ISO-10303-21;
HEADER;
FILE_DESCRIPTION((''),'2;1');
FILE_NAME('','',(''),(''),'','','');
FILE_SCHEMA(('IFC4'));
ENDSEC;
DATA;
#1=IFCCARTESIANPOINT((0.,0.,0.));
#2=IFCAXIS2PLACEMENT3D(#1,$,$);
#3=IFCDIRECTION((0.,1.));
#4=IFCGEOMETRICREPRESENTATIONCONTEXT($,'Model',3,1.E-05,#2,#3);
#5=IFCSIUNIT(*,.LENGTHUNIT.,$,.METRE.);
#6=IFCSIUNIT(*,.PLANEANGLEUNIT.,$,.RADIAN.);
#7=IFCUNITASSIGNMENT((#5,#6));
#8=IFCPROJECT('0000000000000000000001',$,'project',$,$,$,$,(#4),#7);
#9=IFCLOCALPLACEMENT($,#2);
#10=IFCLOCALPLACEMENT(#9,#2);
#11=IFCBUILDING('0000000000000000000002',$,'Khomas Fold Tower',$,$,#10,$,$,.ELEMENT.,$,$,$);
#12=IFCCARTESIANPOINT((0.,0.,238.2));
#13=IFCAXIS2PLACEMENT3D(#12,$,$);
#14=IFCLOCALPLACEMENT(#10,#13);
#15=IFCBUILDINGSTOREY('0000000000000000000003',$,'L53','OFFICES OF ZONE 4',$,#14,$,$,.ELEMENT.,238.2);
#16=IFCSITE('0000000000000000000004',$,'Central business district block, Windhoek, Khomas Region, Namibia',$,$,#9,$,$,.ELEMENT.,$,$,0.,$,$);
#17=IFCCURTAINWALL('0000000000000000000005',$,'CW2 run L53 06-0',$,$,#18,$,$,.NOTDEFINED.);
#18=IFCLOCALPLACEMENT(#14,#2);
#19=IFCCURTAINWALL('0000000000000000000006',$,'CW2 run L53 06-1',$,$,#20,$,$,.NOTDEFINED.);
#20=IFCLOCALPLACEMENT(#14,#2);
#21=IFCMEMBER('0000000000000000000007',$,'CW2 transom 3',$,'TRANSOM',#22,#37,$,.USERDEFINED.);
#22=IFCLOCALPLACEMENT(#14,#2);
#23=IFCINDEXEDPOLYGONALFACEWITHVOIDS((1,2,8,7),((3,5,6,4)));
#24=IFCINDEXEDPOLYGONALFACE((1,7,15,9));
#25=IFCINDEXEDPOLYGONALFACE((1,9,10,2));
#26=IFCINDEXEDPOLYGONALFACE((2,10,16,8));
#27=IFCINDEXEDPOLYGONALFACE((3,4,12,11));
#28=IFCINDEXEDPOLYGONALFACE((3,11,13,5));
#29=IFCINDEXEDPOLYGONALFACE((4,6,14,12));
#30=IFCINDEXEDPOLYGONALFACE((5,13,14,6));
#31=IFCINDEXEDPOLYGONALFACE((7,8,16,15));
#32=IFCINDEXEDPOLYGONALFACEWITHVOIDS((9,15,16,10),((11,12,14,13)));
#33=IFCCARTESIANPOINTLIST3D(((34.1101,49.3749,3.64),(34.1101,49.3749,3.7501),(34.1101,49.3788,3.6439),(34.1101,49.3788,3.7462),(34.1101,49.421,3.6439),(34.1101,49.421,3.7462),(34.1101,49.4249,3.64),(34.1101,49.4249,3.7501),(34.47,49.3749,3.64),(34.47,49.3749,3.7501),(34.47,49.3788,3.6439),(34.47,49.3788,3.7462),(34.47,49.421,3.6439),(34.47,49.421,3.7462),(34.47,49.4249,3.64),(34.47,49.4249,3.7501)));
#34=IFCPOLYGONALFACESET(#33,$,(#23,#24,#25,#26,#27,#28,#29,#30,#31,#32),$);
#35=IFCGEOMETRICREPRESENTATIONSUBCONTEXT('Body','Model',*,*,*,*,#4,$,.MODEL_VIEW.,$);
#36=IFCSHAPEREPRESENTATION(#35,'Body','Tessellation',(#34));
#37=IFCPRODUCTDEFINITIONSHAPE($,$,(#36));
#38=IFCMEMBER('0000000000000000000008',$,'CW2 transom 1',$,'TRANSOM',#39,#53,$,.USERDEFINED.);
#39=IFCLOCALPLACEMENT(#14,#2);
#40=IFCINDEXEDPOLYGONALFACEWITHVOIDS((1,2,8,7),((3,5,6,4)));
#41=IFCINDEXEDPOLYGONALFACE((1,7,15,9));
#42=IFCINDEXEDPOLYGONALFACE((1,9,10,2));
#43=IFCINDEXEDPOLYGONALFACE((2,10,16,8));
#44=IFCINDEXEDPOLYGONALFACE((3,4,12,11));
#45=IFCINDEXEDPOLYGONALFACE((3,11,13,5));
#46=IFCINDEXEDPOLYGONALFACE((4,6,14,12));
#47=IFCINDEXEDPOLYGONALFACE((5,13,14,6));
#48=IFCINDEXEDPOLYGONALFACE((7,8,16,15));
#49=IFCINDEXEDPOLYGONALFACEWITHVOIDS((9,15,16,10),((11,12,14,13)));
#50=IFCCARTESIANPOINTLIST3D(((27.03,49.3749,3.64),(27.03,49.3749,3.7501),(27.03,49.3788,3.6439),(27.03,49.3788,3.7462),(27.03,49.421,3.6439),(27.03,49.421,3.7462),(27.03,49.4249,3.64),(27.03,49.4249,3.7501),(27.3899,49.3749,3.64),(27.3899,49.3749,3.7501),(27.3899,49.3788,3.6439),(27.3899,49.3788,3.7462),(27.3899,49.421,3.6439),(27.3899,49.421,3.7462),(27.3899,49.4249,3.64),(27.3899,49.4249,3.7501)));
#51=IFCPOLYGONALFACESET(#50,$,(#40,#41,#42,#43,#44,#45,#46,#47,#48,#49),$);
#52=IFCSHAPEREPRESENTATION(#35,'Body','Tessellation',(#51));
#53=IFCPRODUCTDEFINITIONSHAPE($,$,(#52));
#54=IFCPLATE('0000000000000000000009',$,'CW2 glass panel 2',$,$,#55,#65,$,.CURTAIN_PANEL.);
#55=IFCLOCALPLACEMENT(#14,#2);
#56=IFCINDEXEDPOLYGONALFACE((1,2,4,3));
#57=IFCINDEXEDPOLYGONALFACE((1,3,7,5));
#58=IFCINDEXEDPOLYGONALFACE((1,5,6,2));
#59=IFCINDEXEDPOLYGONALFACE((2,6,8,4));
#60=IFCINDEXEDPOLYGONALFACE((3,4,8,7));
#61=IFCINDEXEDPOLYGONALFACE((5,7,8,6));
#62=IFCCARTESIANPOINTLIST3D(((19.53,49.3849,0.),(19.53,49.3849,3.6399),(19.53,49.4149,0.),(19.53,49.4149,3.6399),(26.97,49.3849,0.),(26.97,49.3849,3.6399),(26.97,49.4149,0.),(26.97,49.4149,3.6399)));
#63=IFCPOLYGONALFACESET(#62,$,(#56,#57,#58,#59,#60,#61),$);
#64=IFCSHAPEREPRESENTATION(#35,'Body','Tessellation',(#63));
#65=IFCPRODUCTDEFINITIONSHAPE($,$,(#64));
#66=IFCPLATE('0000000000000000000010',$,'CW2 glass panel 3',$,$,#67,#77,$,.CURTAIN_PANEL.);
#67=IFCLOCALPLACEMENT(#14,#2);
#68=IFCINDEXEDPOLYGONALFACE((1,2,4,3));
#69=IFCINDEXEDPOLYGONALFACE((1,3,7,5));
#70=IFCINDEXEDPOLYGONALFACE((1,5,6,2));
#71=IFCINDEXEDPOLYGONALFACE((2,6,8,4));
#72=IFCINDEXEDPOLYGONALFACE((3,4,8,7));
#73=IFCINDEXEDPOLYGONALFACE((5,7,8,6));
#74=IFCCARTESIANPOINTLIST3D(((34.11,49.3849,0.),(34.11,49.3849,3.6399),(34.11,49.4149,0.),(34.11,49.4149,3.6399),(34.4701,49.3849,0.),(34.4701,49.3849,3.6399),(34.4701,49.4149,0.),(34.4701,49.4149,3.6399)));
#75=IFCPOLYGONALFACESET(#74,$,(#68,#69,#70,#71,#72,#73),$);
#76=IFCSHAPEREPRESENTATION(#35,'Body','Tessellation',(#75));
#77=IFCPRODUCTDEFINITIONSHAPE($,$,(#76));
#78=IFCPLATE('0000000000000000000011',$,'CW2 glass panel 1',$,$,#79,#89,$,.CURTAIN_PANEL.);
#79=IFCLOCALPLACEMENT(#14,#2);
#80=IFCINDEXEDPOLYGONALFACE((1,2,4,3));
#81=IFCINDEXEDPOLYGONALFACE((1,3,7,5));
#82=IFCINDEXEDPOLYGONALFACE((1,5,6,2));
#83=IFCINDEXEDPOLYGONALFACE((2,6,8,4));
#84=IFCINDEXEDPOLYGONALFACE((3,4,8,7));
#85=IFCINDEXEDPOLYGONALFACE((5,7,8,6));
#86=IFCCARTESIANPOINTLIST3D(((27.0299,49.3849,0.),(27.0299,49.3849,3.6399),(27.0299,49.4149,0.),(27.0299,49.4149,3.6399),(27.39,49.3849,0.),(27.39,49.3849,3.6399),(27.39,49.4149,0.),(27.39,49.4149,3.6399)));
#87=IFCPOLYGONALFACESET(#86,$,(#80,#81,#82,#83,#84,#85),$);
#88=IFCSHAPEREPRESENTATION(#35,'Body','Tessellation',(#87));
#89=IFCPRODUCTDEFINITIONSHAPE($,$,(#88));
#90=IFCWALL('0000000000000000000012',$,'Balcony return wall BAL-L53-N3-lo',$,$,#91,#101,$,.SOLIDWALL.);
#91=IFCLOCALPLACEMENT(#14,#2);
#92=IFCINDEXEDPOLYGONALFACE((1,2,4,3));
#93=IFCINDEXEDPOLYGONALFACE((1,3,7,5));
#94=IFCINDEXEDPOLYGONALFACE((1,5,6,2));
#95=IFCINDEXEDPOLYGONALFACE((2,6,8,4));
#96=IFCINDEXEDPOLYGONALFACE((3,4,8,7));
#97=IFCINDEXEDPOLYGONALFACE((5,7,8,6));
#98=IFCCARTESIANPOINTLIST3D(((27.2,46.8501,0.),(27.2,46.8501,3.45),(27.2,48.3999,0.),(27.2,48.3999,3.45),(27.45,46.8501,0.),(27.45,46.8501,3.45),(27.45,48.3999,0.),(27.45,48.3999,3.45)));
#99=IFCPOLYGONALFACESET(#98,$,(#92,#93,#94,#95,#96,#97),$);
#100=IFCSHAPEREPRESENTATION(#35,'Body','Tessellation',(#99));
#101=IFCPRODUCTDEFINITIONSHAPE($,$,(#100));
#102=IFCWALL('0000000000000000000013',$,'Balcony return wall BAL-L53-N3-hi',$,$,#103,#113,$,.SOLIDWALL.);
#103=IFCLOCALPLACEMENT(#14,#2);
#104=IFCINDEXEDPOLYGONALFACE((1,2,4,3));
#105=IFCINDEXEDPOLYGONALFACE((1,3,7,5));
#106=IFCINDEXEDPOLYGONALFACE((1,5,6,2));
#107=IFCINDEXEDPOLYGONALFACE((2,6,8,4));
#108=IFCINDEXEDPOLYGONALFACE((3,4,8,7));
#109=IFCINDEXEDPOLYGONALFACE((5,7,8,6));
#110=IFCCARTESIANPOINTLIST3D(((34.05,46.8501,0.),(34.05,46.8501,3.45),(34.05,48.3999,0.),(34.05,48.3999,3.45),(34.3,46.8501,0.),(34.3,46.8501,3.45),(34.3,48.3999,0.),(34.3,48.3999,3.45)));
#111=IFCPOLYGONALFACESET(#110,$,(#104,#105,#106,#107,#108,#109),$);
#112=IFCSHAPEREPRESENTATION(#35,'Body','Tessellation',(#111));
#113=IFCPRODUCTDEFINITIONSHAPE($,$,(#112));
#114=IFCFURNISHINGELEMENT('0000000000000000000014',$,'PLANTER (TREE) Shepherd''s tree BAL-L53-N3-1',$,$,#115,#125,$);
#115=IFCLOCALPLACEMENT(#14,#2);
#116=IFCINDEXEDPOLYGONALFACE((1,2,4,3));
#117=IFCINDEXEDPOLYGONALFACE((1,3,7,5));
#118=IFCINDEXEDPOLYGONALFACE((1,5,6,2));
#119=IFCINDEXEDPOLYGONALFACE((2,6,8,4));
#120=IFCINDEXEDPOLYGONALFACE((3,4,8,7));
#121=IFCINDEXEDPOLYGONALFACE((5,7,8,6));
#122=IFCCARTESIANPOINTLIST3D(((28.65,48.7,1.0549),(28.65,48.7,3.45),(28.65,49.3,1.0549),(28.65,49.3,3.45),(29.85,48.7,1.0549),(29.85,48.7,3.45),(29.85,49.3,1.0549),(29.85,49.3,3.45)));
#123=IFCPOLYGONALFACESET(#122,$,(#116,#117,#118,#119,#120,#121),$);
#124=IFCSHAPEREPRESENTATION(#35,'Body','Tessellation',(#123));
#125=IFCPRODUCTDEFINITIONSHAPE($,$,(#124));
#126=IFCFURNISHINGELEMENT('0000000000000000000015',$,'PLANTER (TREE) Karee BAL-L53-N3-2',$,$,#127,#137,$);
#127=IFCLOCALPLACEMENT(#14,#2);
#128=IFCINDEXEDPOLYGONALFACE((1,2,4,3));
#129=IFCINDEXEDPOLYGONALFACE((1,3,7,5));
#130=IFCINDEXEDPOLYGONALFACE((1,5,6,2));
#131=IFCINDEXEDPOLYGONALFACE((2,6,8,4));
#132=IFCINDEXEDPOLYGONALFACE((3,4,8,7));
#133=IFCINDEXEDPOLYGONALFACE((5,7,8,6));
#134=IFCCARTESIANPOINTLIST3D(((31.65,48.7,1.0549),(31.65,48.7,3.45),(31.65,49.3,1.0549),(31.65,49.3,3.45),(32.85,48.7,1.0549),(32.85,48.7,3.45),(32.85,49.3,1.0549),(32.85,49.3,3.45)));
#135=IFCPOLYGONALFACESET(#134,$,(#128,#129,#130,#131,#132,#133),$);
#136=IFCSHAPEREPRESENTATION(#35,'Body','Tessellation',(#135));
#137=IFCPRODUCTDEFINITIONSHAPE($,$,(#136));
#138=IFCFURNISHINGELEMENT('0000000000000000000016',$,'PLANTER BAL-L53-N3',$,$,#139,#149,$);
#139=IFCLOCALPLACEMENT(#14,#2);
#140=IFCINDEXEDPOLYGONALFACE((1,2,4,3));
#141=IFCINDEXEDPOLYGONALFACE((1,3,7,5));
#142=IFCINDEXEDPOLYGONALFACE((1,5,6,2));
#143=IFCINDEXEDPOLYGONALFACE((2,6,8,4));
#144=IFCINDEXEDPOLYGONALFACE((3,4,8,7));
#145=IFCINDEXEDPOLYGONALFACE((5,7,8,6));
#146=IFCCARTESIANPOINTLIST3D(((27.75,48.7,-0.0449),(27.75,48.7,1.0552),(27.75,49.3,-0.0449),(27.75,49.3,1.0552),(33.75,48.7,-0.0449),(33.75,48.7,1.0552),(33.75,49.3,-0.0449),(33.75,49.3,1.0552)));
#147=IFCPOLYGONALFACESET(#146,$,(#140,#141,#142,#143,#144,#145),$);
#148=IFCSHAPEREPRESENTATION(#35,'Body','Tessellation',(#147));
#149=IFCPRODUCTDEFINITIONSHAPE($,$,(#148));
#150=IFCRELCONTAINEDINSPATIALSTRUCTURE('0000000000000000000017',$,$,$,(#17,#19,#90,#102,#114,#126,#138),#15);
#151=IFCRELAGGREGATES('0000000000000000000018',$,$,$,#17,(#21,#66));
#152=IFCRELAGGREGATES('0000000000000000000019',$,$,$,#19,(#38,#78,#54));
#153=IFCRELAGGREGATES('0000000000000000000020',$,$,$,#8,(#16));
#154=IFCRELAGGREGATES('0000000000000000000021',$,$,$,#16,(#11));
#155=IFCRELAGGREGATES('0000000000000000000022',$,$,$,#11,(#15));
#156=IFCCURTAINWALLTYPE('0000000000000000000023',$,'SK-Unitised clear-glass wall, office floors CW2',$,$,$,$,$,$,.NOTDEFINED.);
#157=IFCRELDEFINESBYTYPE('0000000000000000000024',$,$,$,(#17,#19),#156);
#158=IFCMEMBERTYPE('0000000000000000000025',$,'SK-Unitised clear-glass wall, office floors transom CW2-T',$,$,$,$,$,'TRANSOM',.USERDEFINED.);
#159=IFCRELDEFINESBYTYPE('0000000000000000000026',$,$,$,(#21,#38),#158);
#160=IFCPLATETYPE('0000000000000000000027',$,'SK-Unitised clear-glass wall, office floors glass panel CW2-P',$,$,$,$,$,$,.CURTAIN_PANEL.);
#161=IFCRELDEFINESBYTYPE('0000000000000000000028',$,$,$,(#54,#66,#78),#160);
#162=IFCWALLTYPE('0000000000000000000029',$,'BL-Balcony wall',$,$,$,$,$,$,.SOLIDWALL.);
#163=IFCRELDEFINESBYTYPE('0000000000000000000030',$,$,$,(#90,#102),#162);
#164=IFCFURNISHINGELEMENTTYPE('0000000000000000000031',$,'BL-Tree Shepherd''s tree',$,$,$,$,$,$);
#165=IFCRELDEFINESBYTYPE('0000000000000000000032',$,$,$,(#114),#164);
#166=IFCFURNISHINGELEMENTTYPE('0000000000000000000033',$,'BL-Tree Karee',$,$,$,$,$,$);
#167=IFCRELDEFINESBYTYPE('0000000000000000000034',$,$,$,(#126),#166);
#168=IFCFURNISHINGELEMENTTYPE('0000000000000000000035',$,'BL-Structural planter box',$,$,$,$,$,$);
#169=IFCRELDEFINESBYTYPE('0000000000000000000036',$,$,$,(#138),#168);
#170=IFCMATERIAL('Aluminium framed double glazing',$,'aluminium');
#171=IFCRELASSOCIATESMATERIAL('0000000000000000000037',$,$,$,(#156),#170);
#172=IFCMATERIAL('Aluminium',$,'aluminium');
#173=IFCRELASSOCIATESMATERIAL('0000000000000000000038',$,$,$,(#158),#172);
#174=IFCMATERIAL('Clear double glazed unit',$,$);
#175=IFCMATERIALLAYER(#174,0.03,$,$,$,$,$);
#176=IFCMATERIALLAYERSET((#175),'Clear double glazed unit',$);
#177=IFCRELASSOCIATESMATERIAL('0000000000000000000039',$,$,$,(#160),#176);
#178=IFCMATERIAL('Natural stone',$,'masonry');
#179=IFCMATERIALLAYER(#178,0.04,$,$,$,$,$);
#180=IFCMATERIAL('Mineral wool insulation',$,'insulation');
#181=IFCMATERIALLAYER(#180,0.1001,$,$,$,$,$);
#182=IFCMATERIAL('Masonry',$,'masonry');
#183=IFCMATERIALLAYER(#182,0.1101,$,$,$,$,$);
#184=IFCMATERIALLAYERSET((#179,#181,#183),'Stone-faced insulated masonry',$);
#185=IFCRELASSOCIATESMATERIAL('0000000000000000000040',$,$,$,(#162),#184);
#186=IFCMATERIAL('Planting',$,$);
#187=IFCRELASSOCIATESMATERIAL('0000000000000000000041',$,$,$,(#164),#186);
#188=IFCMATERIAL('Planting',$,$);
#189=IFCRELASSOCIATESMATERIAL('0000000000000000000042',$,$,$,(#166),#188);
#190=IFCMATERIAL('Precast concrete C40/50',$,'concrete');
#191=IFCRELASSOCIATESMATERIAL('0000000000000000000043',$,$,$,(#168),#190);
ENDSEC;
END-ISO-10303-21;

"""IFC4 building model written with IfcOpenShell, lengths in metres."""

from ifc_helpers import new_model, si_unit, direction, frame, frame_2d, origin, origin_2d, place, context, subcontext, project, spatial, rectangle, hollow_rectangle, extrude, source, transform, mapped, material, layer, layer_set, material_profile, profile_set, type_object, element, aggregate, save


model = new_model("IFC4")

# Units and contexts
model_context = context("Model", 3, precision=1e-05, world=origin(), true_north=direction((0.0, 1.0)))
body_context = subcontext(model_context, "Body", "Model", "MODEL_VIEW")
ifc_project = project(units=[si_unit("LENGTHUNIT", "METRE"), si_unit("PLANEANGLEUNIT", "RADIAN")], contexts=[model_context])

# Site, building, storey
site_placement = place(None, origin())
site = spatial("IfcSite", under=ifc_project, at=site_placement, Name="Central business district block, Windhoek, Khomas Region, Namibia", CompositionType="ELEMENT", RefElevation=0.0)
building_placement = place(site_placement, origin())
building = spatial("IfcBuilding", under=site, at=building_placement, Name="Khomas Fold Tower", CompositionType="ELEMENT")
storey_placement = place(building_placement, frame((0.0, 0.0, 238.2)))
storey = spatial("IfcBuildingStorey", under=building, at=storey_placement, Name="L53", Description="OFFICES OF ZONE 4", CompositionType="ELEMENT", Elevation=238.2)

# Curtain wall
ifc_material_1 = material(Name="Aluminium framed double glazing", Category="aluminium")
curtain_wall_type = type_object("IfcCurtainWallType", Name="SK-Unitised clear-glass wall, office floors CW2", PredefinedType="NOTDEFINED", material=ifc_material_1)
curtain_wall_1_placement = place(storey_placement, origin())
curtain_wall_1 = element("IfcCurtainWall", 1, at=curtain_wall_1_placement, inside=storey, type_object=curtain_wall_type, Name="CW2 run L53 06-0", PredefinedType="NOTDEFINED")

# Curtain wall
curtain_wall_2_placement = place(storey_placement, origin())
curtain_wall_2 = element("IfcCurtainWall", 2, at=curtain_wall_2_placement, inside=storey, type_object=curtain_wall_type, Name="CW2 run L53 06-1", PredefinedType="NOTDEFINED")
ifc_material_2 = material(Name="Aluminium", Category="aluminium")
ifc_material_profile_1 = material_profile(ifc_material_2, hollow_rectangle(XDim=0.05, YDim=0.1101, WallThickness=0.0039, at=origin_2d()), Name="SK-Unitised clear-glass wall, office floors transom CW2-T")
ifc_profile_set_1 = profile_set([ifc_material_profile_1], Name="Aluminium")
member_type_1 = type_object("IfcMemberType", Name="SK-Unitised clear-glass wall, office floors transom CW2-T", ElementType="TRANSOM", PredefinedType="USERDEFINED", material=ifc_profile_set_1)

# Members
shared_shape_1 = source(origin(), body_context, "Body", "SweptSolid", [
    extrude(hollow_rectangle(XDim=0.05, YDim=0.1101, WallThickness=0.0039, at=origin_2d()), origin(), (0.0, 0.0, 1.0), 0.3599),
])
member_1_placement = place(storey_placement, frame((34.47, 49.3999, 3.6951), z_axis=(-1.0, 0.0, 0.0), x_axis=(0.0, -1.0, 0.0)))
member_1 = element("IfcMember", 3, at=member_1_placement, type_object=member_type_1, Name="CW2 transom 3", ObjectType="TRANSOM", PredefinedType="USERDEFINED", context=body_context, shape_type="MappedRepresentation", body=[
    mapped(shared_shape_1, transform((0.0, 0.0, 0.0))),
])
member_2_placement = place(storey_placement, frame((27.3899, 49.3999, 3.6951), z_axis=(-1.0, 0.0, 0.0), x_axis=(0.0, -1.0, 0.0)))
member_2 = element("IfcMember", 4, at=member_2_placement, type_object=member_type_1, Name="CW2 transom 1", ObjectType="TRANSOM", PredefinedType="USERDEFINED", context=body_context, shape_type="MappedRepresentation", body=[
    mapped(shared_shape_1, transform((0.0, 0.0, 0.0))),
])

# Plates
ifc_material_3 = material(Name="Clear double glazed unit")
ifc_layer_1 = layer(ifc_material_3, 0.03)
ifc_layer_set_1 = layer_set([ifc_layer_1], Name="Clear double glazed unit")
plate_type = type_object("IfcPlateType", Name="SK-Unitised clear-glass wall, office floors glass panel CW2-P", PredefinedType="CURTAIN_PANEL", material=ifc_layer_set_1)
shared_shape_2 = source(origin(), body_context, "Body", "SweptSolid", [
    extrude(rectangle(XDim=7.4399, YDim=0.03, at=origin_2d()), origin(), (0.0, 0.0, 1.0), 3.6399),
])
plate_1_placement = place(storey_placement, frame((23.25, 49.3999, 0.0), z_axis=(0.0, 0.0, 1.0), x_axis=(-1.0, 0.0, 0.0)))
plate_1 = element("IfcPlate", 5, at=plate_1_placement, type_object=plate_type, Name="CW2 glass panel 2", PredefinedType="CURTAIN_PANEL", context=body_context, shape_type="MappedRepresentation", body=[
    mapped(shared_shape_2, transform((0.0, 0.0, 0.0))),
])
shared_shape_3 = source(origin(), body_context, "Body", "SweptSolid", [
    extrude(rectangle(XDim=0.3601, YDim=0.03, at=origin_2d()), origin(), (0.0, 0.0, 1.0), 3.6399),
])
plate_2_placement = place(storey_placement, frame((34.29, 49.3999, 0.0), z_axis=(0.0, 0.0, 1.0), x_axis=(-1.0, 0.0, 0.0)))
plate_2 = element("IfcPlate", 6, at=plate_2_placement, type_object=plate_type, Name="CW2 glass panel 3", PredefinedType="CURTAIN_PANEL", context=body_context, shape_type="MappedRepresentation", body=[
    mapped(shared_shape_3, transform((0.0, 0.0, 0.0))),
])
aggregate(curtain_wall_1, [member_1, plate_2])
plate_3_placement = place(storey_placement, frame((27.21, 49.3999, 0.0), z_axis=(0.0, 0.0, 1.0), x_axis=(-1.0, 0.0, 0.0)))
plate_3 = element("IfcPlate", 7, at=plate_3_placement, type_object=plate_type, Name="CW2 glass panel 1", PredefinedType="CURTAIN_PANEL", context=body_context, shape_type="MappedRepresentation", body=[
    mapped(shared_shape_3, transform((0.0, 0.0, 0.0))),
])
aggregate(curtain_wall_2, [member_2, plate_3, plate_1])

# Shared definitions
ifc_material_4 = material(Name="Natural stone", Category="masonry")
ifc_layer_2 = layer(ifc_material_4, 0.04)
ifc_material_5 = material(Name="Mineral wool insulation", Category="insulation")
ifc_layer_3 = layer(ifc_material_5, 0.1001)
ifc_material_6 = material(Name="Masonry", Category="masonry")
ifc_layer_4 = layer(ifc_material_6, 0.1101)
ifc_layer_set_2 = layer_set([ifc_layer_2, ifc_layer_3, ifc_layer_4], Name="Stone-faced insulated masonry")
wall_type = type_object("IfcWallType", Name="BL-Balcony wall", PredefinedType="SOLIDWALL", material=ifc_layer_set_2)

# Walls
shared_shape_4 = source(origin(), body_context, "Body", "SweptSolid", [
    extrude(rectangle(XDim=1.5498, YDim=0.25, at=frame_2d((0.7749, 0.0))), origin(), (0.0, 0.0, 1.0), 3.45),
])
for number, where, z_axis, x_axis, name in (
    (8, (27.325, 48.3999, 0.0), (0.0, 0.0, 1.0), (0.0, -1.0, 0.0), "Balcony return wall BAL-L53-N3-lo"),
    (9, (34.175, 48.3999, 0.0), (0.0, 0.0, 1.0), (0.0, -1.0, 0.0), "Balcony return wall BAL-L53-N3-hi"),
):
    element("IfcWall", number, at=place(storey_placement, frame(where, z_axis=z_axis, x_axis=x_axis)), inside=storey, type_object=wall_type, Name=name, PredefinedType="SOLIDWALL", context=body_context, shape_type="MappedRepresentation", body=[
        mapped(shared_shape_4, transform((0.0, 0.0, 0.0))),
    ])

# Furnishing elements
ifc_material_7 = material(Name="Planting")
furnishing_element_type_1 = type_object("IfcFurnishingElementType", Name="BL-Tree Shepherd's tree", material=ifc_material_7)
shared_shape_5 = source(origin(), body_context, "Body", "SweptSolid", [
    extrude(rectangle(XDim=1.2, YDim=0.6001, at=origin_2d()), origin(), (0.0, 0.0, 1.0), 2.395),
])
furnishing_1_placement = place(storey_placement, frame((29.25, 49.0, 1.0549), z_axis=(0.0, 0.0, 1.0), x_axis=(1.0, 0.0, 0.0)))
element("IfcFurnishingElement", 10, at=furnishing_1_placement, inside=storey, type_object=furnishing_element_type_1, Name="PLANTER (TREE) Shepherd's tree BAL-L53-N3-1", context=body_context, shape_type="MappedRepresentation", body=[
    mapped(shared_shape_5, transform((0.0, 0.0, 0.0))),
])
ifc_material_8 = material(Name="Planting")
furnishing_element_type_2 = type_object("IfcFurnishingElementType", Name="BL-Tree Karee", material=ifc_material_8)
furnishing_2_placement = place(storey_placement, frame((32.25, 49.0, 1.0549), z_axis=(0.0, 0.0, 1.0), x_axis=(1.0, 0.0, 0.0)))
element("IfcFurnishingElement", 11, at=furnishing_2_placement, inside=storey, type_object=furnishing_element_type_2, Name="PLANTER (TREE) Karee BAL-L53-N3-2", context=body_context, shape_type="MappedRepresentation", body=[
    mapped(shared_shape_5, transform((0.0, 0.0, 0.0))),
])
ifc_material_9 = material(Name="Precast concrete C40/50", Category="concrete")
furnishing_element_type_3 = type_object("IfcFurnishingElementType", Name="BL-Structural planter box", material=ifc_material_9)
shared_shape_6 = source(origin(), body_context, "Body", "SweptSolid", [
    extrude(rectangle(XDim=6.0, YDim=0.6001, at=origin_2d()), origin(), (0.0, 0.0, 1.0), 1.1001),
])
furnishing_3_placement = place(storey_placement, frame((30.75, 49.0, -0.0449), z_axis=(0.0, 0.0, 1.0), x_axis=(1.0, 0.0, 0.0)))
element("IfcFurnishingElement", 12, at=furnishing_3_placement, inside=storey, type_object=furnishing_element_type_3, Name="PLANTER BAL-L53-N3", context=body_context, shape_type="MappedRepresentation", body=[
    mapped(shared_shape_6, transform((0.0, 0.0, 0.0))),
])

save(model, "model.ifc")
